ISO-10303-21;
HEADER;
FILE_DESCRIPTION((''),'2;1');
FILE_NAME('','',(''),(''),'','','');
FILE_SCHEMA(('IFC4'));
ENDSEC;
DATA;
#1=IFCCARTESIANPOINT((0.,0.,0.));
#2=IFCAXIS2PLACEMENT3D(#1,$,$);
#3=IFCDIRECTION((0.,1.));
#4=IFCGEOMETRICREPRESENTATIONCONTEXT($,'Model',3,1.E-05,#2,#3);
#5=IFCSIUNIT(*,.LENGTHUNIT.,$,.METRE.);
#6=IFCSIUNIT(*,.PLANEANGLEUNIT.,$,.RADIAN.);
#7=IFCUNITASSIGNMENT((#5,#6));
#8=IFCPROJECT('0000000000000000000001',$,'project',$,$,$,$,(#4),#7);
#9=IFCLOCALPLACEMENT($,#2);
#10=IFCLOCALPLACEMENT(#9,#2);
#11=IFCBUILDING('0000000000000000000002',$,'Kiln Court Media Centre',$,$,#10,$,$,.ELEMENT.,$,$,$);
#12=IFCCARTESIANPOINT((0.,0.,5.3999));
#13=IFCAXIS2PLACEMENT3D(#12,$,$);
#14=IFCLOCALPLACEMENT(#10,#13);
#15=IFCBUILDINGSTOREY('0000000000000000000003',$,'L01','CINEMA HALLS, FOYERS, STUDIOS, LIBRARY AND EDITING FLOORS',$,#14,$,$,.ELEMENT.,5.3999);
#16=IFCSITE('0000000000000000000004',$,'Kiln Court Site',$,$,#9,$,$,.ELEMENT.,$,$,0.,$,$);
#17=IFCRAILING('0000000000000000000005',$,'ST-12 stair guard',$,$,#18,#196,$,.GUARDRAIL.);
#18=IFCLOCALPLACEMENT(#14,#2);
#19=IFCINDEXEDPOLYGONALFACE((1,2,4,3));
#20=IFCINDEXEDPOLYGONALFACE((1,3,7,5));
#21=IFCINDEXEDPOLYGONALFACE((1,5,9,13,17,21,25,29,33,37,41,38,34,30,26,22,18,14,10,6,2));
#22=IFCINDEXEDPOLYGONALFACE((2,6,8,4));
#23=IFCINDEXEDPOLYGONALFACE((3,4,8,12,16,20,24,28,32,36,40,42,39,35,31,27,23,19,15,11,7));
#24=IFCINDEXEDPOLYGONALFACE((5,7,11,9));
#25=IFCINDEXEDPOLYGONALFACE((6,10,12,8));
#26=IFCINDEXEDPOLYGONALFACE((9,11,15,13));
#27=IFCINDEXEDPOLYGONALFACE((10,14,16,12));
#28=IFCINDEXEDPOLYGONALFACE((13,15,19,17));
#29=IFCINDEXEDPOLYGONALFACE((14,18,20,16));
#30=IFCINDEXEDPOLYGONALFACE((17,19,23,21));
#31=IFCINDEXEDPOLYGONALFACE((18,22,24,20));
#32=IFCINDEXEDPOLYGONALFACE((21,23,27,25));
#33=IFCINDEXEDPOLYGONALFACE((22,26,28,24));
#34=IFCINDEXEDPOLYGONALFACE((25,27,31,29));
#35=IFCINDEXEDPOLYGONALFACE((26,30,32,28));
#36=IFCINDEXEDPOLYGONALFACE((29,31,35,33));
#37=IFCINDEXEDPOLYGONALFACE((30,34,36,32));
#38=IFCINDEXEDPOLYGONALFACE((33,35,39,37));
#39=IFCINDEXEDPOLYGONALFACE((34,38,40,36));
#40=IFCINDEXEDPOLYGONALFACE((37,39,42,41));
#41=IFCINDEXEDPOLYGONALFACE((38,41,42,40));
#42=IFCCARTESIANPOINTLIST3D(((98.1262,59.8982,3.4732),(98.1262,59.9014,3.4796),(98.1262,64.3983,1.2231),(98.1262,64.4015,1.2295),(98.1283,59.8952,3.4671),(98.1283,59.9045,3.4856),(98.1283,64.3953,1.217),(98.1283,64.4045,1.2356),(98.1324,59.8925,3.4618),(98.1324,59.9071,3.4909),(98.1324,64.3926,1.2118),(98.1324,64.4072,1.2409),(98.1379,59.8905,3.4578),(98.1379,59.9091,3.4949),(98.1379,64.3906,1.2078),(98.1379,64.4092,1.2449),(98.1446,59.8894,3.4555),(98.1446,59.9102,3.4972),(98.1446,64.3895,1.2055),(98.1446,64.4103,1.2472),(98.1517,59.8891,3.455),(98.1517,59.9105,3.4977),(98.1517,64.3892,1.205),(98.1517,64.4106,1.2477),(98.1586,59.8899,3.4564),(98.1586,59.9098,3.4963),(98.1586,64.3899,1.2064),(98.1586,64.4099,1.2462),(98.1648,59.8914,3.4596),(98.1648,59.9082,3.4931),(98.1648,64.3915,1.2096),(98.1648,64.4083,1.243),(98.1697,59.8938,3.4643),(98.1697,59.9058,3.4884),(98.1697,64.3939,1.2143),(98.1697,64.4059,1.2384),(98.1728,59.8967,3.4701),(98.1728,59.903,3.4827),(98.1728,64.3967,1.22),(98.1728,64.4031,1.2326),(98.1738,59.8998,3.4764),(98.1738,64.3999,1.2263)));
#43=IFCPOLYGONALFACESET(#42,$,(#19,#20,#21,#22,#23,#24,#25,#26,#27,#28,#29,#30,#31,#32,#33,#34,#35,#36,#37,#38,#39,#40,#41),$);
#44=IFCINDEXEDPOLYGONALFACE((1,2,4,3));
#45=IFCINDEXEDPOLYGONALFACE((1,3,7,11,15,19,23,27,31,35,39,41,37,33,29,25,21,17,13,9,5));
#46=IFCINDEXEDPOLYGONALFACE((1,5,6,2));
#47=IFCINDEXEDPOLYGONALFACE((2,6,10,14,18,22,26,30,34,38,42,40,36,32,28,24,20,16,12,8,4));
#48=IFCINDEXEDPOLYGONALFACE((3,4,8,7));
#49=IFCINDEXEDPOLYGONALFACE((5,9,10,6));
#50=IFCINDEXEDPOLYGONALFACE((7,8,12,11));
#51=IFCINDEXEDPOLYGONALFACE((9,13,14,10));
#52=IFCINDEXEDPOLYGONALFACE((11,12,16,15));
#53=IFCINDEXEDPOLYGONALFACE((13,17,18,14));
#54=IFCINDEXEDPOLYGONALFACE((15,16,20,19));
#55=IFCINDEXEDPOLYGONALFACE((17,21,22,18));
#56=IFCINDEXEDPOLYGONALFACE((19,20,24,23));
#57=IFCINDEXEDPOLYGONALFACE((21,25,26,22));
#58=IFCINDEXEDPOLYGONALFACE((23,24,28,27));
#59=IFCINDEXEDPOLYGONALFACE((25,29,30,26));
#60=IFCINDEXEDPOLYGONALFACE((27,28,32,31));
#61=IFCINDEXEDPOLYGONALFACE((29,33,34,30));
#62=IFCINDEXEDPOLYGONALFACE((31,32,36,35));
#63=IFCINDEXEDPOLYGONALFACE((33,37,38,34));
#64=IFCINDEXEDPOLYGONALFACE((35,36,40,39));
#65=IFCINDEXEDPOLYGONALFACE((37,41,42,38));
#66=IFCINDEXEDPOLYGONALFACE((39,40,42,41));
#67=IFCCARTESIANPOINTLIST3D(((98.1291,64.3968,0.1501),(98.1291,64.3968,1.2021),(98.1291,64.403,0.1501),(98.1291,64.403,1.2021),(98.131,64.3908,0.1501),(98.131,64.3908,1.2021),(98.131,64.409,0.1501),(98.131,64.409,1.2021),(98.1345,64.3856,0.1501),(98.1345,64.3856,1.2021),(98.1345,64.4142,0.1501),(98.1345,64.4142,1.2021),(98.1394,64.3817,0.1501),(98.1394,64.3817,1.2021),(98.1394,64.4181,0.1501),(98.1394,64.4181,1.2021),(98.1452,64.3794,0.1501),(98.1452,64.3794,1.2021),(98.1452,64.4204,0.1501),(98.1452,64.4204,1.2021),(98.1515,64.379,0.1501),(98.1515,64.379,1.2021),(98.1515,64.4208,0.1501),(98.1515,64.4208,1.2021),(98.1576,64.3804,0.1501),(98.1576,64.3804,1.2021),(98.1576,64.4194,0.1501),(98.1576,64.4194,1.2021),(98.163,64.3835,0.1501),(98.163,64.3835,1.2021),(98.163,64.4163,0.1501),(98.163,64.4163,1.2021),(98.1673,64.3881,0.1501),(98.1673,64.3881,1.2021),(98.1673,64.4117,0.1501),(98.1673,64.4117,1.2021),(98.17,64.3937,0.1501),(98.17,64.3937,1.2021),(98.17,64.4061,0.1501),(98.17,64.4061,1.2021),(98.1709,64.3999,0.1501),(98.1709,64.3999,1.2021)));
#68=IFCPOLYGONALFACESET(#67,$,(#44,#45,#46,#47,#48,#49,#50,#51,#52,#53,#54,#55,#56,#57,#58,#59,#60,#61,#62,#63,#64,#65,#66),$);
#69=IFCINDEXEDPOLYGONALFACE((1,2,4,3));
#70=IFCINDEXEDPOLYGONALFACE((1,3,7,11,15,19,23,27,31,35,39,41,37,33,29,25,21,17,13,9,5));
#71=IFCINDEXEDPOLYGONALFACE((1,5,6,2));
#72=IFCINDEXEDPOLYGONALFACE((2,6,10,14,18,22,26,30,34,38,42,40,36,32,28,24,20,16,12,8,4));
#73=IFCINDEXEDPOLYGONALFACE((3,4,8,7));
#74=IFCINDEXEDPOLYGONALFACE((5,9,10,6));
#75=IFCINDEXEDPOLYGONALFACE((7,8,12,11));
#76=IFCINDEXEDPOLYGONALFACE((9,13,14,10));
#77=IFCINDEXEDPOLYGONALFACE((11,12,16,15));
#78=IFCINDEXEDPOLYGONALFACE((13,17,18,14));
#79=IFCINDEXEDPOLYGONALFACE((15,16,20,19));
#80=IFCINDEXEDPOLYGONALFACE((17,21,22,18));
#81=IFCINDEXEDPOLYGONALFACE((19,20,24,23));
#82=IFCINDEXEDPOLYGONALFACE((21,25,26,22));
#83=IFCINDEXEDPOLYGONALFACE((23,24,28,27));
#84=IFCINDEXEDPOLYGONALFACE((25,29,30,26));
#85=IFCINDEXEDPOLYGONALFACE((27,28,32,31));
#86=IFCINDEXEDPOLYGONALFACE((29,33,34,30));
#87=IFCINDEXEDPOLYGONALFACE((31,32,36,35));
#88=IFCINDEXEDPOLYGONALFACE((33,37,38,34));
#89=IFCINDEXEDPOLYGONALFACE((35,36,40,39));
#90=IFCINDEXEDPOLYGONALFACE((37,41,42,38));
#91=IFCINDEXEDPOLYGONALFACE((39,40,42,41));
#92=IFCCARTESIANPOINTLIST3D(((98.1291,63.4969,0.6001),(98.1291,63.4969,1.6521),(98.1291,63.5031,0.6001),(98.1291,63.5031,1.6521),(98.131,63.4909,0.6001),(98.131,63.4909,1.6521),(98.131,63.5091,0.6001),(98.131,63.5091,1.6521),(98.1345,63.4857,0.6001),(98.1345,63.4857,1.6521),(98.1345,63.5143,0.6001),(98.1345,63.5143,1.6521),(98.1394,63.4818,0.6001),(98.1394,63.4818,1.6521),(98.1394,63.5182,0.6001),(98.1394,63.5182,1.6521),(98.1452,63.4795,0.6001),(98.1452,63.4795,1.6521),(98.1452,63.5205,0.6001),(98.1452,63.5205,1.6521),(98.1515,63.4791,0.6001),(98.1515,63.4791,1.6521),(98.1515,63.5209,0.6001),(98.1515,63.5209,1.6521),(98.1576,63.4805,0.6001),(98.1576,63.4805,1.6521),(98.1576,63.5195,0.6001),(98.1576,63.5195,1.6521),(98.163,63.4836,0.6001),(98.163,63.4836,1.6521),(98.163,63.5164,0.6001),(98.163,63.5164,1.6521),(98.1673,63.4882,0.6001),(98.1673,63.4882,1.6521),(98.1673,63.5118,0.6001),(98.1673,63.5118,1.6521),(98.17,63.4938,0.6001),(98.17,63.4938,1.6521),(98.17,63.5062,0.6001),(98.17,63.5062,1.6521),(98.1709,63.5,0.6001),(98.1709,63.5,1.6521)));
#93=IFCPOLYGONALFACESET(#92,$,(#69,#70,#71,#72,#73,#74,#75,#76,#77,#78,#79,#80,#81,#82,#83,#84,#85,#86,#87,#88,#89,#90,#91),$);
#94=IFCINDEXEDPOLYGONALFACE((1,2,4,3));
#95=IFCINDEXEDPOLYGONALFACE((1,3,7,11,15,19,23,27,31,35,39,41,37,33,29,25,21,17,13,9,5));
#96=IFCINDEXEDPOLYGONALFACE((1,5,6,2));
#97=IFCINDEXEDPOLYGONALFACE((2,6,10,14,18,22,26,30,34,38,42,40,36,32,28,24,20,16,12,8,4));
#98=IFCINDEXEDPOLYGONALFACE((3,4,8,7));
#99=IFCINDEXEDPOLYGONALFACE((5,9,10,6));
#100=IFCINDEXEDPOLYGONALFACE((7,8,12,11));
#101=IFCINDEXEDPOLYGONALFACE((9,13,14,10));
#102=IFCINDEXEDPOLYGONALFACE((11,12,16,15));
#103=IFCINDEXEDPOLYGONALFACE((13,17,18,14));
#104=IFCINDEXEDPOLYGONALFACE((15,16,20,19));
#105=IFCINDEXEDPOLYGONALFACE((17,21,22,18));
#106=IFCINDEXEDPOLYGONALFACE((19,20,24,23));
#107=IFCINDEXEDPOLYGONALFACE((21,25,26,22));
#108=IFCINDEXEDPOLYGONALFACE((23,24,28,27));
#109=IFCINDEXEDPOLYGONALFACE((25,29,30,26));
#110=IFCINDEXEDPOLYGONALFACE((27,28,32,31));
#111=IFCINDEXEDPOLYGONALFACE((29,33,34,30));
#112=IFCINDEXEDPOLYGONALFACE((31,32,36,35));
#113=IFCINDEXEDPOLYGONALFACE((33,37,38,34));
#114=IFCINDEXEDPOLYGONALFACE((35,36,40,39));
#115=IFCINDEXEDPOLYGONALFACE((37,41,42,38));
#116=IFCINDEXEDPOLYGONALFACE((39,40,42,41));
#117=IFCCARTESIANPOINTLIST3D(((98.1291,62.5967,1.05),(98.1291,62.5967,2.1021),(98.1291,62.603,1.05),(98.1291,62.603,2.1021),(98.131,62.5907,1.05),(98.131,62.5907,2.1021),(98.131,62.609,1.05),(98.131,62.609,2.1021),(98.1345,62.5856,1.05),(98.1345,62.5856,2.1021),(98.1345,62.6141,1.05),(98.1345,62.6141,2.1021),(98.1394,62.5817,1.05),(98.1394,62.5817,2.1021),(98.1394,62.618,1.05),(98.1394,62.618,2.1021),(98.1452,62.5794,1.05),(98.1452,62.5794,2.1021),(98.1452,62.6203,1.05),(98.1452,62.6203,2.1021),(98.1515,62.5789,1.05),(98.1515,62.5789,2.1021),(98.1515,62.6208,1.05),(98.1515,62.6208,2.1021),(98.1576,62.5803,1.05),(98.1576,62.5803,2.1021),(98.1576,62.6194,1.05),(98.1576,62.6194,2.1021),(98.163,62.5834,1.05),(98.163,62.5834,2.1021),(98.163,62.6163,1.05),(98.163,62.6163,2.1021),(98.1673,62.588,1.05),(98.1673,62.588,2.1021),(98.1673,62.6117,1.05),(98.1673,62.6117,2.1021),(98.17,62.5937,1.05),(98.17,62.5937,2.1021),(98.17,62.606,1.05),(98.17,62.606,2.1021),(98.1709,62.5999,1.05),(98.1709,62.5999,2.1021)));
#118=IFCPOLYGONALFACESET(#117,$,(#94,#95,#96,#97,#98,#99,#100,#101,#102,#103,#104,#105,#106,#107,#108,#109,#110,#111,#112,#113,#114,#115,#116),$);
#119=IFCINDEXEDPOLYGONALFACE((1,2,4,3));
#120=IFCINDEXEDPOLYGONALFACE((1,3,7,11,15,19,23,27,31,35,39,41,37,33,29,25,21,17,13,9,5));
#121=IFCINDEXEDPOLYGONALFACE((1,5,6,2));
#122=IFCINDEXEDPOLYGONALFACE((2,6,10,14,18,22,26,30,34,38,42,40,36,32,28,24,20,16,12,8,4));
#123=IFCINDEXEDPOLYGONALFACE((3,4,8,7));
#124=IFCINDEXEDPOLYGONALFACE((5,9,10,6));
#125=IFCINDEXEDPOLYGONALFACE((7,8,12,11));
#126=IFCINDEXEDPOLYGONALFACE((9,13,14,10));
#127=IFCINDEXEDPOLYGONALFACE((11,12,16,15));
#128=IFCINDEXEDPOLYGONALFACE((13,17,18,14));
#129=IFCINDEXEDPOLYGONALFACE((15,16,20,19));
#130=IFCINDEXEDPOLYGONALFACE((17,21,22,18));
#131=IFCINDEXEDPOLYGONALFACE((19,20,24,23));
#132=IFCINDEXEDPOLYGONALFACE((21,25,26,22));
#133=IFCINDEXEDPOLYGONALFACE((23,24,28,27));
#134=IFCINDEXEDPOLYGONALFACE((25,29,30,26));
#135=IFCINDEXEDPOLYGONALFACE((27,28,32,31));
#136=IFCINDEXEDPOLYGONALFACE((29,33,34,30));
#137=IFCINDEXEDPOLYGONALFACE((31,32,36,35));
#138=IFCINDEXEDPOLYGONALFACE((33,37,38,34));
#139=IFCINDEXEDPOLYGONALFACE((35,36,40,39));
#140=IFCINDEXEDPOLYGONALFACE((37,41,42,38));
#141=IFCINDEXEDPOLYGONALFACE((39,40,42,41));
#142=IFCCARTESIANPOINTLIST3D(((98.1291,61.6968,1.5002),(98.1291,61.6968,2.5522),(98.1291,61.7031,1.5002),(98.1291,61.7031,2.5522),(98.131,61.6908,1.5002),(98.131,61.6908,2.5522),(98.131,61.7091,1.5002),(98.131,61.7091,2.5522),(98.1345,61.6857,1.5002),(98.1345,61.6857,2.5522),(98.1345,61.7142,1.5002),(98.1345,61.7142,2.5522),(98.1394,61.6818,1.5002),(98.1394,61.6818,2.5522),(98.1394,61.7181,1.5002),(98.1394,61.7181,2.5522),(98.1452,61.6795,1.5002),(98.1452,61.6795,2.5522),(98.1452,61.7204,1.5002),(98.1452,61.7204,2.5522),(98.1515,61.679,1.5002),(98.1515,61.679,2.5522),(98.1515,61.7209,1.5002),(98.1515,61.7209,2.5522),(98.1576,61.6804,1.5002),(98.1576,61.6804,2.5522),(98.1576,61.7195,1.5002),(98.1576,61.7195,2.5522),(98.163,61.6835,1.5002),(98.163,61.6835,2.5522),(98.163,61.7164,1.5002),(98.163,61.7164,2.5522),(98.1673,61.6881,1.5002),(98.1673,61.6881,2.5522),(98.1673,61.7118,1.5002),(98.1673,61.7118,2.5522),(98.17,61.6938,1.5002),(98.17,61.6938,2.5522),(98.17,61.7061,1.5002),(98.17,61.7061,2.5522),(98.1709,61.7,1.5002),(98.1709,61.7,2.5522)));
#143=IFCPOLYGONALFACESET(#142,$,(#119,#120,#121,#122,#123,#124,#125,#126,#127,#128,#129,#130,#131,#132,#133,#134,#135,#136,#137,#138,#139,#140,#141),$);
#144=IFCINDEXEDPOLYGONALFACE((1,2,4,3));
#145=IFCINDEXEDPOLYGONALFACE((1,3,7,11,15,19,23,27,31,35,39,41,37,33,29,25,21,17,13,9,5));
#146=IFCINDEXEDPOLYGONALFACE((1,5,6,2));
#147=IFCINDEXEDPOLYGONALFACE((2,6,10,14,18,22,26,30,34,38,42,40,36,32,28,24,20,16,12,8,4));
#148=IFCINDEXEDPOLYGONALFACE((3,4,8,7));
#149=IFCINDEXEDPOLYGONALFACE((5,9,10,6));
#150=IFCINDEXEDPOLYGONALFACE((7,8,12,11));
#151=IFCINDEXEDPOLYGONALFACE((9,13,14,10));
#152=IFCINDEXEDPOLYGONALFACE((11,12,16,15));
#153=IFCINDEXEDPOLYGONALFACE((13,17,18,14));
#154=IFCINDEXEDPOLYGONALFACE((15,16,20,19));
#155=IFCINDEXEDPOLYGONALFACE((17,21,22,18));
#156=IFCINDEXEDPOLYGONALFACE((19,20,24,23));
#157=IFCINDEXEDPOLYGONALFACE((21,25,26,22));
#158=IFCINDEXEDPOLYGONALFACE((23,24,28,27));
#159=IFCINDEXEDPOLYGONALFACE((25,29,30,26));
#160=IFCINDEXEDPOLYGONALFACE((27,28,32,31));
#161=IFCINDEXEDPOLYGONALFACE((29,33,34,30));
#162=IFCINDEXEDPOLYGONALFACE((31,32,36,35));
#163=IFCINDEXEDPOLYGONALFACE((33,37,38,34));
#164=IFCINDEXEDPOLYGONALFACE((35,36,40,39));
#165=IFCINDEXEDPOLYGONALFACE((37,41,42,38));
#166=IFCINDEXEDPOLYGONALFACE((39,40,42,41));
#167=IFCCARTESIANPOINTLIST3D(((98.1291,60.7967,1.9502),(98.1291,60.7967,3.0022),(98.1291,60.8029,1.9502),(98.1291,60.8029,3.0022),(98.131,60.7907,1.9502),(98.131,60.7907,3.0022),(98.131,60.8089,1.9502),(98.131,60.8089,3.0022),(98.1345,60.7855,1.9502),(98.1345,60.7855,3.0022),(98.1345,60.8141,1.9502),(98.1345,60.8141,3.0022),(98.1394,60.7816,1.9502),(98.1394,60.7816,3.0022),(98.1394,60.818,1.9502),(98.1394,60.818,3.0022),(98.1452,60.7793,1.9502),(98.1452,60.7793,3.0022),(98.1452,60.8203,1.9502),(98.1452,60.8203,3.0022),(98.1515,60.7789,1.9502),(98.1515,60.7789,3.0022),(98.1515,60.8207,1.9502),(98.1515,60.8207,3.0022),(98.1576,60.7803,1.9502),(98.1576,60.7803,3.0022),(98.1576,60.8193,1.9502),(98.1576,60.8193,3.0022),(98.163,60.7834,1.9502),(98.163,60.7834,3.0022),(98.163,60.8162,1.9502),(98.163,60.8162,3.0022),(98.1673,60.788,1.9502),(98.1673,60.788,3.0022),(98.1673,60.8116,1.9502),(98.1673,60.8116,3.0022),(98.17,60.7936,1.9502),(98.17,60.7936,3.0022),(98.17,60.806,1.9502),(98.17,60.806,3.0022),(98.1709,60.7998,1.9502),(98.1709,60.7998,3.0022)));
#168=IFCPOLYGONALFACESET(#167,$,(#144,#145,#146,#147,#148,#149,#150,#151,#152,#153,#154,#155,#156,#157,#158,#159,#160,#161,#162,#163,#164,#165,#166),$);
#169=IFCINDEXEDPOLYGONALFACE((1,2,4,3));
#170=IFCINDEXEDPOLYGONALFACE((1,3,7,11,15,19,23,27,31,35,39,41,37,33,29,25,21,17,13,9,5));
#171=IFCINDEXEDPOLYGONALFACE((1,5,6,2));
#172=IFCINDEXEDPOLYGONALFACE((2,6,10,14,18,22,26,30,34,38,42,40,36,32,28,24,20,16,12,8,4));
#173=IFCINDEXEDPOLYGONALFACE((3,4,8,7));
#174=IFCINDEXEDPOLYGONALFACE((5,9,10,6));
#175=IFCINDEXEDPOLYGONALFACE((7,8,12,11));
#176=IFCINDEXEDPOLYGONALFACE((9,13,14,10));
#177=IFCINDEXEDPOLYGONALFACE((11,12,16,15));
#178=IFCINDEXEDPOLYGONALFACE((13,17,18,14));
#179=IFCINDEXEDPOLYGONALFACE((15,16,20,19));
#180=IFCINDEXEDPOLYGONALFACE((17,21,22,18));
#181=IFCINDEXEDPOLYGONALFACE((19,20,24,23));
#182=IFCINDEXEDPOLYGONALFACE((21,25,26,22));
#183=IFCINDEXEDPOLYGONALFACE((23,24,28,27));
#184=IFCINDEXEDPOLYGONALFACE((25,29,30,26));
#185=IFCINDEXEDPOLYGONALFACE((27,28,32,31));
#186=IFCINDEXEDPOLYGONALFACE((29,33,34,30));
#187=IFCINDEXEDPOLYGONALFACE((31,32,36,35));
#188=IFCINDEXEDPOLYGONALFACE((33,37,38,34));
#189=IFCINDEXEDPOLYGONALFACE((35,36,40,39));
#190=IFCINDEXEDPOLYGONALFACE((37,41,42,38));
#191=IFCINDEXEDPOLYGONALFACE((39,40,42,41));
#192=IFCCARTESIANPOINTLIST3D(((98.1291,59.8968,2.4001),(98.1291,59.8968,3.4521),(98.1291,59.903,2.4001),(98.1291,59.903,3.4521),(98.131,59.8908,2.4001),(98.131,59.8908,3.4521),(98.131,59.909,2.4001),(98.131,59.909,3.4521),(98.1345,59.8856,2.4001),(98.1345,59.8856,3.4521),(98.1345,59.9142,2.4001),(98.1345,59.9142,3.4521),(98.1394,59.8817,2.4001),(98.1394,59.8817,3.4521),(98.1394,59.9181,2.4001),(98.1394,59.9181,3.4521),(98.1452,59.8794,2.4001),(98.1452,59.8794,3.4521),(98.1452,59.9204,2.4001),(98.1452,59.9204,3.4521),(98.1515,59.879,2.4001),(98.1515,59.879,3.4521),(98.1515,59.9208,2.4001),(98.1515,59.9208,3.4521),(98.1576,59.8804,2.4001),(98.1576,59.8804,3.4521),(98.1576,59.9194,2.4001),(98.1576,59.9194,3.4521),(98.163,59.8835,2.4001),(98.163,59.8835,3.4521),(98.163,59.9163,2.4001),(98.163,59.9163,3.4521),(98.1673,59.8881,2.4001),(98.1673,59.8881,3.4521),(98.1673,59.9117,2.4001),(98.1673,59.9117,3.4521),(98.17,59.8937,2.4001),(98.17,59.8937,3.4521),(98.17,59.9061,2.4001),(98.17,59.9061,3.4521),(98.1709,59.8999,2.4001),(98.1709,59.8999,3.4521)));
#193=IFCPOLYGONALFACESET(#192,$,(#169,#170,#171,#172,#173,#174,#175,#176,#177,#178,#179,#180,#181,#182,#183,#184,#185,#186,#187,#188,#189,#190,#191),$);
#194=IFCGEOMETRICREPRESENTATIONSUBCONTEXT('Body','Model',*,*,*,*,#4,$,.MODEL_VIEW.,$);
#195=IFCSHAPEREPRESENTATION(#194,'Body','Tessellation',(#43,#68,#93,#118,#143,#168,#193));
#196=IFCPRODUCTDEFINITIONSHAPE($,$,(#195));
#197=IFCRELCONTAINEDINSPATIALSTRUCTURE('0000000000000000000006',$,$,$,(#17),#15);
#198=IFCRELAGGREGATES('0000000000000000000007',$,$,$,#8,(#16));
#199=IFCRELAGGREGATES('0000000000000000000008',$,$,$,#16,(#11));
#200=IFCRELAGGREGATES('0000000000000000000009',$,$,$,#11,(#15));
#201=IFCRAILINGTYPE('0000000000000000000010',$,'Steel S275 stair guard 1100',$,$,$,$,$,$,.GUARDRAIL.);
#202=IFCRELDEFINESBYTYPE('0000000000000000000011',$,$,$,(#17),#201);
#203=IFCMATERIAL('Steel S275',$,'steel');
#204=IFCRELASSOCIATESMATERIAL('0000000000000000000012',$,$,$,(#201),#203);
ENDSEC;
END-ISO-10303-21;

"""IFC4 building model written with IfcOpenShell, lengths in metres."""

from ifc_helpers import new_model, si_unit, direction, frame, origin, origin_2d, place, context, subcontext, project, spatial, circle, extrude, material, type_object, element, save


model = new_model("IFC4")

# Units and contexts
model_context = context("Model", 3, precision=1e-05, world=origin(), true_north=direction((0.0, 1.0)))
body_context = subcontext(model_context, "Body", "Model", "MODEL_VIEW")
ifc_project = project(units=[si_unit("LENGTHUNIT", "METRE"), si_unit("PLANEANGLEUNIT", "RADIAN")], contexts=[model_context])

# Site, building, storey
site_placement = place(None, origin())
site = spatial("IfcSite", under=ifc_project, at=site_placement, Name="Kiln Court Site", CompositionType="ELEMENT", RefElevation=0.0)
building_placement = place(site_placement, origin())
building = spatial("IfcBuilding", under=site, at=building_placement, Name="Kiln Court Media Centre", CompositionType="ELEMENT")
storey_placement = place(building_placement, frame((0.0, 0.0, 5.3999)))
storey = spatial("IfcBuildingStorey", under=building, at=storey_placement, Name="L01", Description="CINEMA HALLS, FOYERS, STUDIOS, LIBRARY AND EDITING FLOORS", CompositionType="ELEMENT", Elevation=5.3999)

# Railing
ifc_material_1 = material(Name="Steel S275", Category="steel")
railing_type_1 = type_object("IfcRailingType", Name="Steel S275 stair guard 1100", PredefinedType="GUARDRAIL", material=ifc_material_1)
railing_1_placement = place(storey_placement, frame((98.1499, 64.3999, 0.1501)))
element("IfcRailing", 1, at=railing_1_placement, inside=storey, type_object=railing_type_1, Name="ST-12 stair guard", PredefinedType="GUARDRAIL", context=body_context, shape_type="SweptSolid", body=[
    extrude(circle(Radius=0.0239, at=origin_2d()), frame((0.0, 0.0, 1.0762), z_axis=(0.0, -0.894427, 0.447214), x_axis=(1.0, 0.0, 0.0)), (0.0, 0.0, 1.0), 5.0312),
    extrude(circle(Radius=0.021, at=origin_2d()), origin(), (0.0, 0.0, 1.0), 1.052),
    extrude(circle(Radius=0.021, at=origin_2d()), frame((0.0, -0.8999, 0.45)), (0.0, 0.0, 1.0), 1.052),
    extrude(circle(Radius=0.021, at=origin_2d()), frame((0.0, -1.8, 0.8999)), (0.0, 0.0, 1.0), 1.052),
    extrude(circle(Radius=0.021, at=origin_2d()), frame((0.0, -2.7, 1.3501)), (0.0, 0.0, 1.0), 1.052),
    extrude(circle(Radius=0.021, at=origin_2d()), frame((0.0, -3.6001, 1.8)), (0.0, 0.0, 1.0), 1.052),
    extrude(circle(Radius=0.021, at=origin_2d()), frame((0.0, -4.5, 2.25)), (0.0, 0.0, 1.0), 1.052),
])

save(model, "model.ifc")
